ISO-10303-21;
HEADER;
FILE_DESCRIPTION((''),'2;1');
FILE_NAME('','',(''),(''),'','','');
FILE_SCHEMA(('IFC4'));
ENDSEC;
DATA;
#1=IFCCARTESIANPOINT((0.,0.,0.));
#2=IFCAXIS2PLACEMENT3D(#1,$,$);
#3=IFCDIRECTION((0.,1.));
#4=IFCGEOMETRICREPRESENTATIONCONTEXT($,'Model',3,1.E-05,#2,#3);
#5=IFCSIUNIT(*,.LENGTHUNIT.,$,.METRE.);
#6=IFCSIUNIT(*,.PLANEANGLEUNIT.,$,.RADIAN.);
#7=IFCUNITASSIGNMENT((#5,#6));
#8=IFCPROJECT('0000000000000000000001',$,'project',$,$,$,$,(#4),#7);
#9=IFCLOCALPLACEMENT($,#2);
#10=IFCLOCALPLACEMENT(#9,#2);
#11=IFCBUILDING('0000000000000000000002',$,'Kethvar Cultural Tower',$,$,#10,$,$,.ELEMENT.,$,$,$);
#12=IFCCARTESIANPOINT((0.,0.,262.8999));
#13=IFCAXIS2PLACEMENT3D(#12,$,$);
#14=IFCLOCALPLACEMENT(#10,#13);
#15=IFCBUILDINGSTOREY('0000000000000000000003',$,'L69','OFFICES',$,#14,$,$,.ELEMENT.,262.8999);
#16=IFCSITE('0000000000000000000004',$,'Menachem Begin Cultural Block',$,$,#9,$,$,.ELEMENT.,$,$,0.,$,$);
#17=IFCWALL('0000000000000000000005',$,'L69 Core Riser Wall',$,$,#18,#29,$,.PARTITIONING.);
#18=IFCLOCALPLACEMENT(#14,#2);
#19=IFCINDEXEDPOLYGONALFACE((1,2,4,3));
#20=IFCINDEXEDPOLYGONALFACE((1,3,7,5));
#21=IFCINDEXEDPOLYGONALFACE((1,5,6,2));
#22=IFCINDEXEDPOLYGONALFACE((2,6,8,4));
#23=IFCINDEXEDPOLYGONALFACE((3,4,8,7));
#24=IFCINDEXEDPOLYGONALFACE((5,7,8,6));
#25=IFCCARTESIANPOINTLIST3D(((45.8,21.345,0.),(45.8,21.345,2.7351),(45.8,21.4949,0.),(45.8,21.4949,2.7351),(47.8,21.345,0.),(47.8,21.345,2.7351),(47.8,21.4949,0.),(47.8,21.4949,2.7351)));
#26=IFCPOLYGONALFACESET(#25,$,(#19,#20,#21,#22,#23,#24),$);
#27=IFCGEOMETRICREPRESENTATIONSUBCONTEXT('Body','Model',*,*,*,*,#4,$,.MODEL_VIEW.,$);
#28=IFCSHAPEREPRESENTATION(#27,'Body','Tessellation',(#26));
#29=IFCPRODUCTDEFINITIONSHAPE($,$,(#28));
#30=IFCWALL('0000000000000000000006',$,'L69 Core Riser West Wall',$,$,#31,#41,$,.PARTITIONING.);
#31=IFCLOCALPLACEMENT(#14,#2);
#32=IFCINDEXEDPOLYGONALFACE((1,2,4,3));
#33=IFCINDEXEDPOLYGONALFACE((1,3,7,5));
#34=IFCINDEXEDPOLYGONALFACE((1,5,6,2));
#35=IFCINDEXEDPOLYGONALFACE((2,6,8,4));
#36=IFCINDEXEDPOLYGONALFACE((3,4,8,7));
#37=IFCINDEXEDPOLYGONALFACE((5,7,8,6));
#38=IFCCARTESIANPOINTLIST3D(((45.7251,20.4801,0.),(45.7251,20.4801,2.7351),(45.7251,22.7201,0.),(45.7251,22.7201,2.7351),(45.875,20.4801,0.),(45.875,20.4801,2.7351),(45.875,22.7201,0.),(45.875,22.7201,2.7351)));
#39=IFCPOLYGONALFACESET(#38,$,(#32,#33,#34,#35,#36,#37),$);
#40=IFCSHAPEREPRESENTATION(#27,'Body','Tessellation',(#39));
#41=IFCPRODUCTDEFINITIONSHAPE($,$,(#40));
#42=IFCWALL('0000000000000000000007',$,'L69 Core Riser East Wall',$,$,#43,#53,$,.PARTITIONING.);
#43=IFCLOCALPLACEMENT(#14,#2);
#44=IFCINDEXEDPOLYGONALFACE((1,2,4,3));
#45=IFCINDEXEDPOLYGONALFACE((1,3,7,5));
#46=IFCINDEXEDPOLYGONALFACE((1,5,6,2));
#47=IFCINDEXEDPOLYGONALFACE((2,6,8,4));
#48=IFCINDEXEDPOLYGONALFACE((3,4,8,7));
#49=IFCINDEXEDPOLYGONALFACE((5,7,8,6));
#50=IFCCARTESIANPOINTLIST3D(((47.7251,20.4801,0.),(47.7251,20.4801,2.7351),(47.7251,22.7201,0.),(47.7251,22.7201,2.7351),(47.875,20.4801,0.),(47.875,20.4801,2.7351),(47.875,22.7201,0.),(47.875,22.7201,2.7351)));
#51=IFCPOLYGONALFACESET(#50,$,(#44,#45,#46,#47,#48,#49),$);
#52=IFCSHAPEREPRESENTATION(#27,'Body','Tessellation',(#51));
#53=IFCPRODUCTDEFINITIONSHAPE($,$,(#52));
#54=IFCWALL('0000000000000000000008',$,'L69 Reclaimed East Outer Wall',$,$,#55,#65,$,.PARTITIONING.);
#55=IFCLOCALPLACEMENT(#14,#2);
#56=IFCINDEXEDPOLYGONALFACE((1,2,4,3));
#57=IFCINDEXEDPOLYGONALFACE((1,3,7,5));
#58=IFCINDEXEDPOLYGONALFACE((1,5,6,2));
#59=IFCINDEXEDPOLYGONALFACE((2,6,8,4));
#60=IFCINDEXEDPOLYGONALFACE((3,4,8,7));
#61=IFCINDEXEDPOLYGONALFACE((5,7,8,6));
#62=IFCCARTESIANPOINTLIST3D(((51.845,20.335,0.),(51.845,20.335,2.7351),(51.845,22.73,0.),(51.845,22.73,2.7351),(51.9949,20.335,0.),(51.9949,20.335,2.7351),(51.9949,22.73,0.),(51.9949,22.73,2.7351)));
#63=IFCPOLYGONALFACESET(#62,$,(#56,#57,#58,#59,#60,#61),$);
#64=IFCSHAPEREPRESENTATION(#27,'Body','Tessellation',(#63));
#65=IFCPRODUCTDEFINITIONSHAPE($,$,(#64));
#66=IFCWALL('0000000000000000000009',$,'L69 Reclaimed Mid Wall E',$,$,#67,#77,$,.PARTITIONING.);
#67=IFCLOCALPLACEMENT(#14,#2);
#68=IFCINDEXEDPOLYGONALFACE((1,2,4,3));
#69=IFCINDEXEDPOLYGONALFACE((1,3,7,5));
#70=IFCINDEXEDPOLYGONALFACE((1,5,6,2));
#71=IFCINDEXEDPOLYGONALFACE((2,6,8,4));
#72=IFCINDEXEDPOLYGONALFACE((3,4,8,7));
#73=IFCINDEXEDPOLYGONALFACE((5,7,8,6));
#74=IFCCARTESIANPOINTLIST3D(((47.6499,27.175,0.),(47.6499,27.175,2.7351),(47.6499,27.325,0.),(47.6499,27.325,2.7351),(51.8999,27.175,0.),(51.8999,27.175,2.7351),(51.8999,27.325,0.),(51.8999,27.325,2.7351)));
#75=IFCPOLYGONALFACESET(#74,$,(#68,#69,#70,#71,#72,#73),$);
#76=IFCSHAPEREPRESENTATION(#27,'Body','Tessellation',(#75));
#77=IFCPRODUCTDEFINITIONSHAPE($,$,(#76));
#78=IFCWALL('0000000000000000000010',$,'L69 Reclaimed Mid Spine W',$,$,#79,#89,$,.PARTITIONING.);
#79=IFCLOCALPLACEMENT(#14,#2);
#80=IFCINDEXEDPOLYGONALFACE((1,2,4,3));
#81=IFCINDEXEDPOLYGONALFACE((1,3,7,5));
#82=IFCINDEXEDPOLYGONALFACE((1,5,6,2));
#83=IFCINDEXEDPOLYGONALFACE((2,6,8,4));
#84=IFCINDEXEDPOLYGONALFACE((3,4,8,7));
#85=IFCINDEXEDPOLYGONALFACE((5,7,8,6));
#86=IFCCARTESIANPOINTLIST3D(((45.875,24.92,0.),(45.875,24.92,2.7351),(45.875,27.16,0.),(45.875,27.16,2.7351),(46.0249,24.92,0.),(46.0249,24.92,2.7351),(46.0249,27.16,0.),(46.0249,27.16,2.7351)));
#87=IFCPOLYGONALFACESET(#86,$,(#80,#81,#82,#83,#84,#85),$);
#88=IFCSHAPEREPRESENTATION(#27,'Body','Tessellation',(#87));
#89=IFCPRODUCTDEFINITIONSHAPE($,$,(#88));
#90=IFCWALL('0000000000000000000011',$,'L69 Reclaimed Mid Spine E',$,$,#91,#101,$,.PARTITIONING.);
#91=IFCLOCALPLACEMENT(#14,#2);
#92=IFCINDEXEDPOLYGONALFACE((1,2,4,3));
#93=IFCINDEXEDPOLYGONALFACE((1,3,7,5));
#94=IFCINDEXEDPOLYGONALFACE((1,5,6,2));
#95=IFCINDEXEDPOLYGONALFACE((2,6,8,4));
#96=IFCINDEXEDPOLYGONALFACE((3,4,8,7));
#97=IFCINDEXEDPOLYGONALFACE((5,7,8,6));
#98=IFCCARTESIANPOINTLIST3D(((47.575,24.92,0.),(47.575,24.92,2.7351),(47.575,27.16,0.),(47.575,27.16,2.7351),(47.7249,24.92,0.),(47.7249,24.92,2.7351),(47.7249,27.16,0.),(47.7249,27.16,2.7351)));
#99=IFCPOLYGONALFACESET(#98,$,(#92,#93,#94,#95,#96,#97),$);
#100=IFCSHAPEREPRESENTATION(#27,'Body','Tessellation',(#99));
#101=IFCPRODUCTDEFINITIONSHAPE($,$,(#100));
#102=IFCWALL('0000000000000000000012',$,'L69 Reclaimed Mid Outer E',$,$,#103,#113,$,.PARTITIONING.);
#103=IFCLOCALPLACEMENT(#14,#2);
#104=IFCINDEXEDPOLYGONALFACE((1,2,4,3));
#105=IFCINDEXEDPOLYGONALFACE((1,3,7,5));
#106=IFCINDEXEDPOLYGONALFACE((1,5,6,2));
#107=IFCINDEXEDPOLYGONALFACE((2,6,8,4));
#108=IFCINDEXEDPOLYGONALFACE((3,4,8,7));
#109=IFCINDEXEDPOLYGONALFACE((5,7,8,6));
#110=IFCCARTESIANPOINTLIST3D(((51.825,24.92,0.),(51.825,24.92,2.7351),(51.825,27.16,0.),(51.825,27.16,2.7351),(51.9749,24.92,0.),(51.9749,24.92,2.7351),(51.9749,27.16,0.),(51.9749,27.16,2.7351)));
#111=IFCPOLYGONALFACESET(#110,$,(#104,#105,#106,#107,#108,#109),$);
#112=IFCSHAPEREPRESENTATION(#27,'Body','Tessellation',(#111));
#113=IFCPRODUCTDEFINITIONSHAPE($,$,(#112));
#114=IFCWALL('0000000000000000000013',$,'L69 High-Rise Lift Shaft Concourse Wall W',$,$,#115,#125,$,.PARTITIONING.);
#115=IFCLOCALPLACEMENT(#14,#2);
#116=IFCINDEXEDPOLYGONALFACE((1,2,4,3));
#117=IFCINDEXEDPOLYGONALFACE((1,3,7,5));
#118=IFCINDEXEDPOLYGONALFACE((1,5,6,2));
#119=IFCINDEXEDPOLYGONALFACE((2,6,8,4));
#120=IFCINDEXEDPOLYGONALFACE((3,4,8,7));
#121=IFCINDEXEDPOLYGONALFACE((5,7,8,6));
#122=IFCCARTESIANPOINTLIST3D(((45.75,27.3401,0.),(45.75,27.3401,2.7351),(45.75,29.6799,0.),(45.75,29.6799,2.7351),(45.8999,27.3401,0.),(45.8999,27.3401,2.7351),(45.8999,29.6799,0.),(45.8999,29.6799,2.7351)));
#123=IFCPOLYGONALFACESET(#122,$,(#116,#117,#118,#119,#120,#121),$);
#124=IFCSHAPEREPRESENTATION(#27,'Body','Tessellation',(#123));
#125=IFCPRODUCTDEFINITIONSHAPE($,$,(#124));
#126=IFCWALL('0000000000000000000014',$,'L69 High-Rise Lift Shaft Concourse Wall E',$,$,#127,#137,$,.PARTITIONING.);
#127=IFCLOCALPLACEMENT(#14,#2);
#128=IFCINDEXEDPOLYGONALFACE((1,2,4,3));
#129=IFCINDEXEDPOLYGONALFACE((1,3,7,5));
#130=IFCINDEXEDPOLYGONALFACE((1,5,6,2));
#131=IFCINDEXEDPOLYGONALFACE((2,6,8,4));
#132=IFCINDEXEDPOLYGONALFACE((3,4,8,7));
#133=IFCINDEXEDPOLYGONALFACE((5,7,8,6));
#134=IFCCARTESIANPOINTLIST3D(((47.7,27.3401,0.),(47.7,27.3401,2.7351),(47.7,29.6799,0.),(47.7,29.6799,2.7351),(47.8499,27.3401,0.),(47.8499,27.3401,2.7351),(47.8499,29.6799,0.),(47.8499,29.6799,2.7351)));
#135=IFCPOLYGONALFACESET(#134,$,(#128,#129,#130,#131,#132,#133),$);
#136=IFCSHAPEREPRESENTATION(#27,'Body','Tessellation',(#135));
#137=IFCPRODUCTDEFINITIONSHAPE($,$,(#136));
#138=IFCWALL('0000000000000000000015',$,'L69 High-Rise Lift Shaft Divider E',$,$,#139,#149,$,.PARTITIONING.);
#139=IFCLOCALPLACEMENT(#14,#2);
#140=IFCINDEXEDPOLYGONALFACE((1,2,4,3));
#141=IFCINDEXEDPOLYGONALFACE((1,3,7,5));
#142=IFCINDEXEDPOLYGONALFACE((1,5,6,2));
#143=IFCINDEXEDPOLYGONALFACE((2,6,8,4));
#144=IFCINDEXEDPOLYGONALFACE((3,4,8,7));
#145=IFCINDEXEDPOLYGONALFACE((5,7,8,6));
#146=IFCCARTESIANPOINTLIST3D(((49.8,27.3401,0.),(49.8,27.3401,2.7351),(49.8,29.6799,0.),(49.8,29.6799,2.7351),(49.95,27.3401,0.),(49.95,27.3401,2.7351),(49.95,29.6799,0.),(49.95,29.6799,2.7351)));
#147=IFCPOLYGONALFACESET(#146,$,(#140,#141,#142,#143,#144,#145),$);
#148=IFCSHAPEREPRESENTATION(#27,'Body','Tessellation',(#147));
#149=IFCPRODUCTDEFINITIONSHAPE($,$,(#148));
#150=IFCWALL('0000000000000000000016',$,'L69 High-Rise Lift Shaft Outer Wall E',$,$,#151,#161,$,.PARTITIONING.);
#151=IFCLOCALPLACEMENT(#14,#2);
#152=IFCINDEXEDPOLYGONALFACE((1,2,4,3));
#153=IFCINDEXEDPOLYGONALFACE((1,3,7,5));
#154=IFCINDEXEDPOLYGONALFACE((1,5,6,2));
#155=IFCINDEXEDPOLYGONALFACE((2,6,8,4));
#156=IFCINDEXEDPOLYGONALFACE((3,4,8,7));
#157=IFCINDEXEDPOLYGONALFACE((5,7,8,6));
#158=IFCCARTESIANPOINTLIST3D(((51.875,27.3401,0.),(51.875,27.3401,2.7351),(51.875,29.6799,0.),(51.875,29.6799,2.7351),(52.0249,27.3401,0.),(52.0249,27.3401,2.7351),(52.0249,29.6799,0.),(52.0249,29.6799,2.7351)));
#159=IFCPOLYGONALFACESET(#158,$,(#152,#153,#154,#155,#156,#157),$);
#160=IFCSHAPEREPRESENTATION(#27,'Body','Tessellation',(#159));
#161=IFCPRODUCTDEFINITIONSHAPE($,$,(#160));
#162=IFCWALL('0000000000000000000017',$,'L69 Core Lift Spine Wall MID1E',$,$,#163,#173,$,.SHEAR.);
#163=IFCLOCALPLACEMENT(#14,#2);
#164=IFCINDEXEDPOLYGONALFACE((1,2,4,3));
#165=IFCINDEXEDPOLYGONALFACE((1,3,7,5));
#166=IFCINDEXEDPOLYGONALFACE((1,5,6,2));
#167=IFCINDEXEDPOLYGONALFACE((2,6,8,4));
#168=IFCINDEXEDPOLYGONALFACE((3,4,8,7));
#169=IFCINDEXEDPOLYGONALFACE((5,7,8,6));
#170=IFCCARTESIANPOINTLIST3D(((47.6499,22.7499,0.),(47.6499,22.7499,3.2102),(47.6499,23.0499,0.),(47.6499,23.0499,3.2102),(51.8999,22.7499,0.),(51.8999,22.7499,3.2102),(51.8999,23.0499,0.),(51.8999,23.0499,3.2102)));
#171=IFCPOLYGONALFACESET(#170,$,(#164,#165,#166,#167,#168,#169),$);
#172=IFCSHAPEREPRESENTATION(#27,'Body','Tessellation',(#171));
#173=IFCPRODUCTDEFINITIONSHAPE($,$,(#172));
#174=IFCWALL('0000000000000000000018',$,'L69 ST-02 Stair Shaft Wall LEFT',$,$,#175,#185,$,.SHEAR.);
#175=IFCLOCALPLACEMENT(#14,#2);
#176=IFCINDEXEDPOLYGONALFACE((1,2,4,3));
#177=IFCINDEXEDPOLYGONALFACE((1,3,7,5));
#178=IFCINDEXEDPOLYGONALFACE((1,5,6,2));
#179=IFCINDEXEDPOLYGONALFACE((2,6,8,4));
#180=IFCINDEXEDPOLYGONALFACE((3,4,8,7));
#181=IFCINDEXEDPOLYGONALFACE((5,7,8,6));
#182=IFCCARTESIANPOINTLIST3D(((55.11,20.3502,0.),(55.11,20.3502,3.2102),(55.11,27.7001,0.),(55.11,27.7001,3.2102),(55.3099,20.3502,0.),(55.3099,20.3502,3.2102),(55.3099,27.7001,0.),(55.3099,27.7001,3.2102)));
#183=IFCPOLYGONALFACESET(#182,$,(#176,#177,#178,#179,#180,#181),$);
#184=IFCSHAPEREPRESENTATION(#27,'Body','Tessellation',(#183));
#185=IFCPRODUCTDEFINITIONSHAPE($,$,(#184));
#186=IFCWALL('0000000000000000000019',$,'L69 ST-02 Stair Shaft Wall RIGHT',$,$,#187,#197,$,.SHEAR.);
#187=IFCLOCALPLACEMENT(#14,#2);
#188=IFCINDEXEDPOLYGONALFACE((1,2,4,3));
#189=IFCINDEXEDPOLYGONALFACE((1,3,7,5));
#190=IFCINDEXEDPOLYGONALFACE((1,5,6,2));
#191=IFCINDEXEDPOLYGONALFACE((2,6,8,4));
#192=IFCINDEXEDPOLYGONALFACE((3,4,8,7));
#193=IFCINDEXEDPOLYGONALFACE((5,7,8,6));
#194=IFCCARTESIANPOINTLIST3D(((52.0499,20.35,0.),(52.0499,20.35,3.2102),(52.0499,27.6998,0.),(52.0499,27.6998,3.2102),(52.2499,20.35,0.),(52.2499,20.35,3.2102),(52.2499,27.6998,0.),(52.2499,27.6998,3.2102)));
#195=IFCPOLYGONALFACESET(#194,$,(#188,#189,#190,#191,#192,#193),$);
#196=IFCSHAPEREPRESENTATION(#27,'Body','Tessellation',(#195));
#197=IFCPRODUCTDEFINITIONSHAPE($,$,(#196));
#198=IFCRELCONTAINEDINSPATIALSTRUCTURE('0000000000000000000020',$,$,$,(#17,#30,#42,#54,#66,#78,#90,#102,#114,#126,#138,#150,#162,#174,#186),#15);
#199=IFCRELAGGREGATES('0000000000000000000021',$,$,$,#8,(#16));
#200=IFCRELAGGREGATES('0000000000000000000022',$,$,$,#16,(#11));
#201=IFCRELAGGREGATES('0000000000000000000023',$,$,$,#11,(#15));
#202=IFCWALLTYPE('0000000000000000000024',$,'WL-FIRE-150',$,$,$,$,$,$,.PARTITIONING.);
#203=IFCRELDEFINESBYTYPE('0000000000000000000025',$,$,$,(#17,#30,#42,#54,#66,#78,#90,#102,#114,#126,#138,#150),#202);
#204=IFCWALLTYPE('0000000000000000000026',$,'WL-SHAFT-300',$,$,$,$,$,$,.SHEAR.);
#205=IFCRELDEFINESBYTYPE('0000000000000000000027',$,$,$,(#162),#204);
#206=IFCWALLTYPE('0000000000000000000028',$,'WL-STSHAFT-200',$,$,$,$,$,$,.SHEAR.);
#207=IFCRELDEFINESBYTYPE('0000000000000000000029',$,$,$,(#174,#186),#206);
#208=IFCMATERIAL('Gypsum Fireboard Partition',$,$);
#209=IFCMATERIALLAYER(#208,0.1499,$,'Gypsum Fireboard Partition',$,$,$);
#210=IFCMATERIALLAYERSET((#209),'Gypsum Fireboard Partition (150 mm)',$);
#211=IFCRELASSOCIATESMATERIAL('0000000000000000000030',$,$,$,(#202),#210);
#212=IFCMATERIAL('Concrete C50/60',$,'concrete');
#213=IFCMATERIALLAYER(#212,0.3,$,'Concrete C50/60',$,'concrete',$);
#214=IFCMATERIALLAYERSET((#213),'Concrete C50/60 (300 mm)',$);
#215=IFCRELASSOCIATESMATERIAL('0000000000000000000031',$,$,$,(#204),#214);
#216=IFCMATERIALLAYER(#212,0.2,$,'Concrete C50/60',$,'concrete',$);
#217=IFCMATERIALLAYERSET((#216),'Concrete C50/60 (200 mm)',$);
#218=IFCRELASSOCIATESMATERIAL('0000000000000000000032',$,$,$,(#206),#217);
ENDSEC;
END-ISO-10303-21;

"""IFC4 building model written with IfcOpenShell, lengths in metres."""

from ifc_helpers import new_model, si_unit, direction, frame, frame_2d, origin, place, context, subcontext, project, spatial, rectangle, extrude, material, layer, layer_set, type_object, element, save


model = new_model("IFC4")

# Units and contexts
model_context = context("Model", 3, precision=1e-05, world=origin(), true_north=direction((0.0, 1.0)))
body_context = subcontext(model_context, "Body", "Model", "MODEL_VIEW")
ifc_project = project(units=[si_unit("LENGTHUNIT", "METRE"), si_unit("PLANEANGLEUNIT", "RADIAN")], contexts=[model_context])

# Site, building, storey
site_placement = place(None, origin())
site = spatial("IfcSite", under=ifc_project, at=site_placement, Name="Menachem Begin Cultural Block", CompositionType="ELEMENT", RefElevation=0.0)
building_placement = place(site_placement, origin())
building = spatial("IfcBuilding", under=site, at=building_placement, Name="Kethvar Cultural Tower", CompositionType="ELEMENT")
storey_placement = place(building_placement, frame((0.0, 0.0, 262.8999)))
storey = spatial("IfcBuildingStorey", under=building, at=storey_placement, Name="L69", Description="OFFICES", CompositionType="ELEMENT", Elevation=262.8999)

# Walls
ifc_material_1 = material(Name="Gypsum Fireboard Partition")
ifc_layer_1 = layer(ifc_material_1, 0.1499, Name="Gypsum Fireboard Partition")
ifc_layer_set_1 = layer_set([ifc_layer_1], Name="Gypsum Fireboard Partition (150 mm)")
wall_type_1 = type_object("IfcWallType", Name="WL-FIRE-150", PredefinedType="PARTITIONING", material=ifc_layer_set_1)
wall_1_placement = place(storey_placement, frame((45.8, 21.4199, 0.0), z_axis=(0.0, 0.0, 1.0), x_axis=(1.0, 0.0, 0.0)))
element("IfcWall", 1, at=wall_1_placement, inside=storey, type_object=wall_type_1, Name="L69 Core Riser Wall", PredefinedType="PARTITIONING", context=body_context, shape_type="SweptSolid", body=[
    extrude(rectangle(XDim=2.0, YDim=0.1499, at=frame_2d((1.0, 0.0))), origin(), (0.0, 0.0, 1.0), 2.7351),
])
for number, where, z_axis, x_axis, name in (
    (2, (45.8, 20.48, 0.0), (0.0, 0.0, 1.0), (0.0, 1.0, 0.0), "L69 Core Riser West Wall"),
    (3, (47.8, 20.48, 0.0), (0.0, 0.0, 1.0), (0.0, 1.0, 0.0), "L69 Core Riser East Wall"),
):
    element("IfcWall", number, at=place(storey_placement, frame(where, z_axis=z_axis, x_axis=x_axis)), inside=storey, type_object=wall_type_1, Name=name, PredefinedType="PARTITIONING", context=body_context, shape_type="SweptSolid", body=[
        extrude(rectangle(XDim=2.24, YDim=0.1499, at=frame_2d((1.1201, 0.0))), origin(), (0.0, 0.0, 1.0), 2.7351),
    ])
wall_2_placement = place(storey_placement, frame((51.9199, 20.335, 0.0), z_axis=(0.0, 0.0, 1.0), x_axis=(0.0, 1.0, 0.0)))
element("IfcWall", 4, at=wall_2_placement, inside=storey, type_object=wall_type_1, Name="L69 Reclaimed East Outer Wall", PredefinedType="PARTITIONING", context=body_context, shape_type="SweptSolid", body=[
    extrude(rectangle(XDim=2.395, YDim=0.1499, at=frame_2d((1.1975, 0.0))), origin(), (0.0, 0.0, 1.0), 2.7351),
])

# Walls
wall_3_placement = place(storey_placement, frame((47.6499, 27.25, 0.0), z_axis=(0.0, 0.0, 1.0), x_axis=(1.0, 0.0, 0.0)))
element("IfcWall", 5, at=wall_3_placement, inside=storey, type_object=wall_type_1, Name="L69 Reclaimed Mid Wall E", PredefinedType="PARTITIONING", context=body_context, shape_type="SweptSolid", body=[
    extrude(rectangle(XDim=4.25, YDim=0.1499, at=frame_2d((2.125, 0.0))), origin(), (0.0, 0.0, 1.0), 2.7351),
])
for number, where, z_axis, x_axis, name in (
    (6, (45.95, 24.9199, 0.0), (0.0, 0.0, 1.0), (0.0, 1.0, 0.0), "L69 Reclaimed Mid Spine W"),
    (7, (47.6499, 24.9199, 0.0), (0.0, 0.0, 1.0), (0.0, 1.0, 0.0), "L69 Reclaimed Mid Spine E"),
    (8, (51.8999, 24.9199, 0.0), (0.0, 0.0, 1.0), (0.0, 1.0, 0.0), "L69 Reclaimed Mid Outer E"),
):
    element("IfcWall", number, at=place(storey_placement, frame(where, z_axis=z_axis, x_axis=x_axis)), inside=storey, type_object=wall_type_1, Name=name, PredefinedType="PARTITIONING", context=body_context, shape_type="SweptSolid", body=[
        extrude(rectangle(XDim=2.24, YDim=0.1499, at=frame_2d((1.1201, 0.0))), origin(), (0.0, 0.0, 1.0), 2.7351),
    ])

# Walls
for number, where, z_axis, x_axis, name in (
    (9, (45.825, 27.3401, 0.0), (0.0, 0.0, 1.0), (0.0, 1.0, 0.0), "L69 High-Rise Lift Shaft Concourse Wall W"),
    (10, (47.7749, 27.3401, 0.0), (0.0, 0.0, 1.0), (0.0, 1.0, 0.0), "L69 High-Rise Lift Shaft Concourse Wall E"),
    (11, (49.875, 27.3401, 0.0), (0.0, 0.0, 1.0), (0.0, 1.0, 0.0), "L69 High-Rise Lift Shaft Divider E"),
    (12, (51.95, 27.3401, 0.0), (0.0, 0.0, 1.0), (0.0, 1.0, 0.0), "L69 High-Rise Lift Shaft Outer Wall E"),
):
    element("IfcWall", number, at=place(storey_placement, frame(where, z_axis=z_axis, x_axis=x_axis)), inside=storey, type_object=wall_type_1, Name=name, PredefinedType="PARTITIONING", context=body_context, shape_type="SweptSolid", body=[
        extrude(rectangle(XDim=2.3398, YDim=0.1499, at=frame_2d((1.1699, 0.0))), origin(), (0.0, 0.0, 1.0), 2.7351),
    ])
ifc_material_2 = material(Name="Concrete C50/60", Category="concrete")
ifc_layer_2 = layer(ifc_material_2, 0.3, Name="Concrete C50/60", Category="concrete")
ifc_layer_set_2 = layer_set([ifc_layer_2], Name="Concrete C50/60 (300 mm)")
wall_type_2 = type_object("IfcWallType", Name="WL-SHAFT-300", PredefinedType="SHEAR", material=ifc_layer_set_2)
wall_4_placement = place(storey_placement, frame((47.6499, 22.8999, 0.0), z_axis=(0.0, 0.0, 1.0), x_axis=(1.0, 0.0, 0.0)))
element("IfcWall", 13, at=wall_4_placement, inside=storey, type_object=wall_type_2, Name="L69 Core Lift Spine Wall MID1E", PredefinedType="SHEAR", context=body_context, shape_type="SweptSolid", body=[
    extrude(rectangle(XDim=4.25, YDim=0.3, at=frame_2d((2.125, 0.0))), origin(), (0.0, 0.0, 1.0), 3.2102),
])

# Walls
ifc_layer_3 = layer(ifc_material_2, 0.2, Name="Concrete C50/60", Category="concrete")
ifc_layer_set_3 = layer_set([ifc_layer_3], Name="Concrete C50/60 (200 mm)")
wall_type_3 = type_object("IfcWallType", Name="WL-STSHAFT-200", PredefinedType="SHEAR", material=ifc_layer_set_3)
for number, where, z_axis, x_axis, name in (
    (14, (55.21, 27.7, 0.0), (0.0, 0.0, 1.0), (0.0, -1.0, 0.0), "L69 ST-02 Stair Shaft Wall LEFT"),
    (15, (52.1499, 20.3501, 0.0), (0.0, 0.0, 1.0), (0.0, 1.0, 0.0), "L69 ST-02 Stair Shaft Wall RIGHT"),
):
    element("IfcWall", number, at=place(storey_placement, frame(where, z_axis=z_axis, x_axis=x_axis)), inside=storey, type_object=wall_type_3, Name=name, PredefinedType="SHEAR", context=body_context, shape_type="SweptSolid", body=[
        extrude(rectangle(XDim=7.3499, YDim=0.2, at=frame_2d((3.6748, 0.0))), origin(), (0.0, 0.0, 1.0), 3.2102),
    ])

save(model, "model.ifc")
